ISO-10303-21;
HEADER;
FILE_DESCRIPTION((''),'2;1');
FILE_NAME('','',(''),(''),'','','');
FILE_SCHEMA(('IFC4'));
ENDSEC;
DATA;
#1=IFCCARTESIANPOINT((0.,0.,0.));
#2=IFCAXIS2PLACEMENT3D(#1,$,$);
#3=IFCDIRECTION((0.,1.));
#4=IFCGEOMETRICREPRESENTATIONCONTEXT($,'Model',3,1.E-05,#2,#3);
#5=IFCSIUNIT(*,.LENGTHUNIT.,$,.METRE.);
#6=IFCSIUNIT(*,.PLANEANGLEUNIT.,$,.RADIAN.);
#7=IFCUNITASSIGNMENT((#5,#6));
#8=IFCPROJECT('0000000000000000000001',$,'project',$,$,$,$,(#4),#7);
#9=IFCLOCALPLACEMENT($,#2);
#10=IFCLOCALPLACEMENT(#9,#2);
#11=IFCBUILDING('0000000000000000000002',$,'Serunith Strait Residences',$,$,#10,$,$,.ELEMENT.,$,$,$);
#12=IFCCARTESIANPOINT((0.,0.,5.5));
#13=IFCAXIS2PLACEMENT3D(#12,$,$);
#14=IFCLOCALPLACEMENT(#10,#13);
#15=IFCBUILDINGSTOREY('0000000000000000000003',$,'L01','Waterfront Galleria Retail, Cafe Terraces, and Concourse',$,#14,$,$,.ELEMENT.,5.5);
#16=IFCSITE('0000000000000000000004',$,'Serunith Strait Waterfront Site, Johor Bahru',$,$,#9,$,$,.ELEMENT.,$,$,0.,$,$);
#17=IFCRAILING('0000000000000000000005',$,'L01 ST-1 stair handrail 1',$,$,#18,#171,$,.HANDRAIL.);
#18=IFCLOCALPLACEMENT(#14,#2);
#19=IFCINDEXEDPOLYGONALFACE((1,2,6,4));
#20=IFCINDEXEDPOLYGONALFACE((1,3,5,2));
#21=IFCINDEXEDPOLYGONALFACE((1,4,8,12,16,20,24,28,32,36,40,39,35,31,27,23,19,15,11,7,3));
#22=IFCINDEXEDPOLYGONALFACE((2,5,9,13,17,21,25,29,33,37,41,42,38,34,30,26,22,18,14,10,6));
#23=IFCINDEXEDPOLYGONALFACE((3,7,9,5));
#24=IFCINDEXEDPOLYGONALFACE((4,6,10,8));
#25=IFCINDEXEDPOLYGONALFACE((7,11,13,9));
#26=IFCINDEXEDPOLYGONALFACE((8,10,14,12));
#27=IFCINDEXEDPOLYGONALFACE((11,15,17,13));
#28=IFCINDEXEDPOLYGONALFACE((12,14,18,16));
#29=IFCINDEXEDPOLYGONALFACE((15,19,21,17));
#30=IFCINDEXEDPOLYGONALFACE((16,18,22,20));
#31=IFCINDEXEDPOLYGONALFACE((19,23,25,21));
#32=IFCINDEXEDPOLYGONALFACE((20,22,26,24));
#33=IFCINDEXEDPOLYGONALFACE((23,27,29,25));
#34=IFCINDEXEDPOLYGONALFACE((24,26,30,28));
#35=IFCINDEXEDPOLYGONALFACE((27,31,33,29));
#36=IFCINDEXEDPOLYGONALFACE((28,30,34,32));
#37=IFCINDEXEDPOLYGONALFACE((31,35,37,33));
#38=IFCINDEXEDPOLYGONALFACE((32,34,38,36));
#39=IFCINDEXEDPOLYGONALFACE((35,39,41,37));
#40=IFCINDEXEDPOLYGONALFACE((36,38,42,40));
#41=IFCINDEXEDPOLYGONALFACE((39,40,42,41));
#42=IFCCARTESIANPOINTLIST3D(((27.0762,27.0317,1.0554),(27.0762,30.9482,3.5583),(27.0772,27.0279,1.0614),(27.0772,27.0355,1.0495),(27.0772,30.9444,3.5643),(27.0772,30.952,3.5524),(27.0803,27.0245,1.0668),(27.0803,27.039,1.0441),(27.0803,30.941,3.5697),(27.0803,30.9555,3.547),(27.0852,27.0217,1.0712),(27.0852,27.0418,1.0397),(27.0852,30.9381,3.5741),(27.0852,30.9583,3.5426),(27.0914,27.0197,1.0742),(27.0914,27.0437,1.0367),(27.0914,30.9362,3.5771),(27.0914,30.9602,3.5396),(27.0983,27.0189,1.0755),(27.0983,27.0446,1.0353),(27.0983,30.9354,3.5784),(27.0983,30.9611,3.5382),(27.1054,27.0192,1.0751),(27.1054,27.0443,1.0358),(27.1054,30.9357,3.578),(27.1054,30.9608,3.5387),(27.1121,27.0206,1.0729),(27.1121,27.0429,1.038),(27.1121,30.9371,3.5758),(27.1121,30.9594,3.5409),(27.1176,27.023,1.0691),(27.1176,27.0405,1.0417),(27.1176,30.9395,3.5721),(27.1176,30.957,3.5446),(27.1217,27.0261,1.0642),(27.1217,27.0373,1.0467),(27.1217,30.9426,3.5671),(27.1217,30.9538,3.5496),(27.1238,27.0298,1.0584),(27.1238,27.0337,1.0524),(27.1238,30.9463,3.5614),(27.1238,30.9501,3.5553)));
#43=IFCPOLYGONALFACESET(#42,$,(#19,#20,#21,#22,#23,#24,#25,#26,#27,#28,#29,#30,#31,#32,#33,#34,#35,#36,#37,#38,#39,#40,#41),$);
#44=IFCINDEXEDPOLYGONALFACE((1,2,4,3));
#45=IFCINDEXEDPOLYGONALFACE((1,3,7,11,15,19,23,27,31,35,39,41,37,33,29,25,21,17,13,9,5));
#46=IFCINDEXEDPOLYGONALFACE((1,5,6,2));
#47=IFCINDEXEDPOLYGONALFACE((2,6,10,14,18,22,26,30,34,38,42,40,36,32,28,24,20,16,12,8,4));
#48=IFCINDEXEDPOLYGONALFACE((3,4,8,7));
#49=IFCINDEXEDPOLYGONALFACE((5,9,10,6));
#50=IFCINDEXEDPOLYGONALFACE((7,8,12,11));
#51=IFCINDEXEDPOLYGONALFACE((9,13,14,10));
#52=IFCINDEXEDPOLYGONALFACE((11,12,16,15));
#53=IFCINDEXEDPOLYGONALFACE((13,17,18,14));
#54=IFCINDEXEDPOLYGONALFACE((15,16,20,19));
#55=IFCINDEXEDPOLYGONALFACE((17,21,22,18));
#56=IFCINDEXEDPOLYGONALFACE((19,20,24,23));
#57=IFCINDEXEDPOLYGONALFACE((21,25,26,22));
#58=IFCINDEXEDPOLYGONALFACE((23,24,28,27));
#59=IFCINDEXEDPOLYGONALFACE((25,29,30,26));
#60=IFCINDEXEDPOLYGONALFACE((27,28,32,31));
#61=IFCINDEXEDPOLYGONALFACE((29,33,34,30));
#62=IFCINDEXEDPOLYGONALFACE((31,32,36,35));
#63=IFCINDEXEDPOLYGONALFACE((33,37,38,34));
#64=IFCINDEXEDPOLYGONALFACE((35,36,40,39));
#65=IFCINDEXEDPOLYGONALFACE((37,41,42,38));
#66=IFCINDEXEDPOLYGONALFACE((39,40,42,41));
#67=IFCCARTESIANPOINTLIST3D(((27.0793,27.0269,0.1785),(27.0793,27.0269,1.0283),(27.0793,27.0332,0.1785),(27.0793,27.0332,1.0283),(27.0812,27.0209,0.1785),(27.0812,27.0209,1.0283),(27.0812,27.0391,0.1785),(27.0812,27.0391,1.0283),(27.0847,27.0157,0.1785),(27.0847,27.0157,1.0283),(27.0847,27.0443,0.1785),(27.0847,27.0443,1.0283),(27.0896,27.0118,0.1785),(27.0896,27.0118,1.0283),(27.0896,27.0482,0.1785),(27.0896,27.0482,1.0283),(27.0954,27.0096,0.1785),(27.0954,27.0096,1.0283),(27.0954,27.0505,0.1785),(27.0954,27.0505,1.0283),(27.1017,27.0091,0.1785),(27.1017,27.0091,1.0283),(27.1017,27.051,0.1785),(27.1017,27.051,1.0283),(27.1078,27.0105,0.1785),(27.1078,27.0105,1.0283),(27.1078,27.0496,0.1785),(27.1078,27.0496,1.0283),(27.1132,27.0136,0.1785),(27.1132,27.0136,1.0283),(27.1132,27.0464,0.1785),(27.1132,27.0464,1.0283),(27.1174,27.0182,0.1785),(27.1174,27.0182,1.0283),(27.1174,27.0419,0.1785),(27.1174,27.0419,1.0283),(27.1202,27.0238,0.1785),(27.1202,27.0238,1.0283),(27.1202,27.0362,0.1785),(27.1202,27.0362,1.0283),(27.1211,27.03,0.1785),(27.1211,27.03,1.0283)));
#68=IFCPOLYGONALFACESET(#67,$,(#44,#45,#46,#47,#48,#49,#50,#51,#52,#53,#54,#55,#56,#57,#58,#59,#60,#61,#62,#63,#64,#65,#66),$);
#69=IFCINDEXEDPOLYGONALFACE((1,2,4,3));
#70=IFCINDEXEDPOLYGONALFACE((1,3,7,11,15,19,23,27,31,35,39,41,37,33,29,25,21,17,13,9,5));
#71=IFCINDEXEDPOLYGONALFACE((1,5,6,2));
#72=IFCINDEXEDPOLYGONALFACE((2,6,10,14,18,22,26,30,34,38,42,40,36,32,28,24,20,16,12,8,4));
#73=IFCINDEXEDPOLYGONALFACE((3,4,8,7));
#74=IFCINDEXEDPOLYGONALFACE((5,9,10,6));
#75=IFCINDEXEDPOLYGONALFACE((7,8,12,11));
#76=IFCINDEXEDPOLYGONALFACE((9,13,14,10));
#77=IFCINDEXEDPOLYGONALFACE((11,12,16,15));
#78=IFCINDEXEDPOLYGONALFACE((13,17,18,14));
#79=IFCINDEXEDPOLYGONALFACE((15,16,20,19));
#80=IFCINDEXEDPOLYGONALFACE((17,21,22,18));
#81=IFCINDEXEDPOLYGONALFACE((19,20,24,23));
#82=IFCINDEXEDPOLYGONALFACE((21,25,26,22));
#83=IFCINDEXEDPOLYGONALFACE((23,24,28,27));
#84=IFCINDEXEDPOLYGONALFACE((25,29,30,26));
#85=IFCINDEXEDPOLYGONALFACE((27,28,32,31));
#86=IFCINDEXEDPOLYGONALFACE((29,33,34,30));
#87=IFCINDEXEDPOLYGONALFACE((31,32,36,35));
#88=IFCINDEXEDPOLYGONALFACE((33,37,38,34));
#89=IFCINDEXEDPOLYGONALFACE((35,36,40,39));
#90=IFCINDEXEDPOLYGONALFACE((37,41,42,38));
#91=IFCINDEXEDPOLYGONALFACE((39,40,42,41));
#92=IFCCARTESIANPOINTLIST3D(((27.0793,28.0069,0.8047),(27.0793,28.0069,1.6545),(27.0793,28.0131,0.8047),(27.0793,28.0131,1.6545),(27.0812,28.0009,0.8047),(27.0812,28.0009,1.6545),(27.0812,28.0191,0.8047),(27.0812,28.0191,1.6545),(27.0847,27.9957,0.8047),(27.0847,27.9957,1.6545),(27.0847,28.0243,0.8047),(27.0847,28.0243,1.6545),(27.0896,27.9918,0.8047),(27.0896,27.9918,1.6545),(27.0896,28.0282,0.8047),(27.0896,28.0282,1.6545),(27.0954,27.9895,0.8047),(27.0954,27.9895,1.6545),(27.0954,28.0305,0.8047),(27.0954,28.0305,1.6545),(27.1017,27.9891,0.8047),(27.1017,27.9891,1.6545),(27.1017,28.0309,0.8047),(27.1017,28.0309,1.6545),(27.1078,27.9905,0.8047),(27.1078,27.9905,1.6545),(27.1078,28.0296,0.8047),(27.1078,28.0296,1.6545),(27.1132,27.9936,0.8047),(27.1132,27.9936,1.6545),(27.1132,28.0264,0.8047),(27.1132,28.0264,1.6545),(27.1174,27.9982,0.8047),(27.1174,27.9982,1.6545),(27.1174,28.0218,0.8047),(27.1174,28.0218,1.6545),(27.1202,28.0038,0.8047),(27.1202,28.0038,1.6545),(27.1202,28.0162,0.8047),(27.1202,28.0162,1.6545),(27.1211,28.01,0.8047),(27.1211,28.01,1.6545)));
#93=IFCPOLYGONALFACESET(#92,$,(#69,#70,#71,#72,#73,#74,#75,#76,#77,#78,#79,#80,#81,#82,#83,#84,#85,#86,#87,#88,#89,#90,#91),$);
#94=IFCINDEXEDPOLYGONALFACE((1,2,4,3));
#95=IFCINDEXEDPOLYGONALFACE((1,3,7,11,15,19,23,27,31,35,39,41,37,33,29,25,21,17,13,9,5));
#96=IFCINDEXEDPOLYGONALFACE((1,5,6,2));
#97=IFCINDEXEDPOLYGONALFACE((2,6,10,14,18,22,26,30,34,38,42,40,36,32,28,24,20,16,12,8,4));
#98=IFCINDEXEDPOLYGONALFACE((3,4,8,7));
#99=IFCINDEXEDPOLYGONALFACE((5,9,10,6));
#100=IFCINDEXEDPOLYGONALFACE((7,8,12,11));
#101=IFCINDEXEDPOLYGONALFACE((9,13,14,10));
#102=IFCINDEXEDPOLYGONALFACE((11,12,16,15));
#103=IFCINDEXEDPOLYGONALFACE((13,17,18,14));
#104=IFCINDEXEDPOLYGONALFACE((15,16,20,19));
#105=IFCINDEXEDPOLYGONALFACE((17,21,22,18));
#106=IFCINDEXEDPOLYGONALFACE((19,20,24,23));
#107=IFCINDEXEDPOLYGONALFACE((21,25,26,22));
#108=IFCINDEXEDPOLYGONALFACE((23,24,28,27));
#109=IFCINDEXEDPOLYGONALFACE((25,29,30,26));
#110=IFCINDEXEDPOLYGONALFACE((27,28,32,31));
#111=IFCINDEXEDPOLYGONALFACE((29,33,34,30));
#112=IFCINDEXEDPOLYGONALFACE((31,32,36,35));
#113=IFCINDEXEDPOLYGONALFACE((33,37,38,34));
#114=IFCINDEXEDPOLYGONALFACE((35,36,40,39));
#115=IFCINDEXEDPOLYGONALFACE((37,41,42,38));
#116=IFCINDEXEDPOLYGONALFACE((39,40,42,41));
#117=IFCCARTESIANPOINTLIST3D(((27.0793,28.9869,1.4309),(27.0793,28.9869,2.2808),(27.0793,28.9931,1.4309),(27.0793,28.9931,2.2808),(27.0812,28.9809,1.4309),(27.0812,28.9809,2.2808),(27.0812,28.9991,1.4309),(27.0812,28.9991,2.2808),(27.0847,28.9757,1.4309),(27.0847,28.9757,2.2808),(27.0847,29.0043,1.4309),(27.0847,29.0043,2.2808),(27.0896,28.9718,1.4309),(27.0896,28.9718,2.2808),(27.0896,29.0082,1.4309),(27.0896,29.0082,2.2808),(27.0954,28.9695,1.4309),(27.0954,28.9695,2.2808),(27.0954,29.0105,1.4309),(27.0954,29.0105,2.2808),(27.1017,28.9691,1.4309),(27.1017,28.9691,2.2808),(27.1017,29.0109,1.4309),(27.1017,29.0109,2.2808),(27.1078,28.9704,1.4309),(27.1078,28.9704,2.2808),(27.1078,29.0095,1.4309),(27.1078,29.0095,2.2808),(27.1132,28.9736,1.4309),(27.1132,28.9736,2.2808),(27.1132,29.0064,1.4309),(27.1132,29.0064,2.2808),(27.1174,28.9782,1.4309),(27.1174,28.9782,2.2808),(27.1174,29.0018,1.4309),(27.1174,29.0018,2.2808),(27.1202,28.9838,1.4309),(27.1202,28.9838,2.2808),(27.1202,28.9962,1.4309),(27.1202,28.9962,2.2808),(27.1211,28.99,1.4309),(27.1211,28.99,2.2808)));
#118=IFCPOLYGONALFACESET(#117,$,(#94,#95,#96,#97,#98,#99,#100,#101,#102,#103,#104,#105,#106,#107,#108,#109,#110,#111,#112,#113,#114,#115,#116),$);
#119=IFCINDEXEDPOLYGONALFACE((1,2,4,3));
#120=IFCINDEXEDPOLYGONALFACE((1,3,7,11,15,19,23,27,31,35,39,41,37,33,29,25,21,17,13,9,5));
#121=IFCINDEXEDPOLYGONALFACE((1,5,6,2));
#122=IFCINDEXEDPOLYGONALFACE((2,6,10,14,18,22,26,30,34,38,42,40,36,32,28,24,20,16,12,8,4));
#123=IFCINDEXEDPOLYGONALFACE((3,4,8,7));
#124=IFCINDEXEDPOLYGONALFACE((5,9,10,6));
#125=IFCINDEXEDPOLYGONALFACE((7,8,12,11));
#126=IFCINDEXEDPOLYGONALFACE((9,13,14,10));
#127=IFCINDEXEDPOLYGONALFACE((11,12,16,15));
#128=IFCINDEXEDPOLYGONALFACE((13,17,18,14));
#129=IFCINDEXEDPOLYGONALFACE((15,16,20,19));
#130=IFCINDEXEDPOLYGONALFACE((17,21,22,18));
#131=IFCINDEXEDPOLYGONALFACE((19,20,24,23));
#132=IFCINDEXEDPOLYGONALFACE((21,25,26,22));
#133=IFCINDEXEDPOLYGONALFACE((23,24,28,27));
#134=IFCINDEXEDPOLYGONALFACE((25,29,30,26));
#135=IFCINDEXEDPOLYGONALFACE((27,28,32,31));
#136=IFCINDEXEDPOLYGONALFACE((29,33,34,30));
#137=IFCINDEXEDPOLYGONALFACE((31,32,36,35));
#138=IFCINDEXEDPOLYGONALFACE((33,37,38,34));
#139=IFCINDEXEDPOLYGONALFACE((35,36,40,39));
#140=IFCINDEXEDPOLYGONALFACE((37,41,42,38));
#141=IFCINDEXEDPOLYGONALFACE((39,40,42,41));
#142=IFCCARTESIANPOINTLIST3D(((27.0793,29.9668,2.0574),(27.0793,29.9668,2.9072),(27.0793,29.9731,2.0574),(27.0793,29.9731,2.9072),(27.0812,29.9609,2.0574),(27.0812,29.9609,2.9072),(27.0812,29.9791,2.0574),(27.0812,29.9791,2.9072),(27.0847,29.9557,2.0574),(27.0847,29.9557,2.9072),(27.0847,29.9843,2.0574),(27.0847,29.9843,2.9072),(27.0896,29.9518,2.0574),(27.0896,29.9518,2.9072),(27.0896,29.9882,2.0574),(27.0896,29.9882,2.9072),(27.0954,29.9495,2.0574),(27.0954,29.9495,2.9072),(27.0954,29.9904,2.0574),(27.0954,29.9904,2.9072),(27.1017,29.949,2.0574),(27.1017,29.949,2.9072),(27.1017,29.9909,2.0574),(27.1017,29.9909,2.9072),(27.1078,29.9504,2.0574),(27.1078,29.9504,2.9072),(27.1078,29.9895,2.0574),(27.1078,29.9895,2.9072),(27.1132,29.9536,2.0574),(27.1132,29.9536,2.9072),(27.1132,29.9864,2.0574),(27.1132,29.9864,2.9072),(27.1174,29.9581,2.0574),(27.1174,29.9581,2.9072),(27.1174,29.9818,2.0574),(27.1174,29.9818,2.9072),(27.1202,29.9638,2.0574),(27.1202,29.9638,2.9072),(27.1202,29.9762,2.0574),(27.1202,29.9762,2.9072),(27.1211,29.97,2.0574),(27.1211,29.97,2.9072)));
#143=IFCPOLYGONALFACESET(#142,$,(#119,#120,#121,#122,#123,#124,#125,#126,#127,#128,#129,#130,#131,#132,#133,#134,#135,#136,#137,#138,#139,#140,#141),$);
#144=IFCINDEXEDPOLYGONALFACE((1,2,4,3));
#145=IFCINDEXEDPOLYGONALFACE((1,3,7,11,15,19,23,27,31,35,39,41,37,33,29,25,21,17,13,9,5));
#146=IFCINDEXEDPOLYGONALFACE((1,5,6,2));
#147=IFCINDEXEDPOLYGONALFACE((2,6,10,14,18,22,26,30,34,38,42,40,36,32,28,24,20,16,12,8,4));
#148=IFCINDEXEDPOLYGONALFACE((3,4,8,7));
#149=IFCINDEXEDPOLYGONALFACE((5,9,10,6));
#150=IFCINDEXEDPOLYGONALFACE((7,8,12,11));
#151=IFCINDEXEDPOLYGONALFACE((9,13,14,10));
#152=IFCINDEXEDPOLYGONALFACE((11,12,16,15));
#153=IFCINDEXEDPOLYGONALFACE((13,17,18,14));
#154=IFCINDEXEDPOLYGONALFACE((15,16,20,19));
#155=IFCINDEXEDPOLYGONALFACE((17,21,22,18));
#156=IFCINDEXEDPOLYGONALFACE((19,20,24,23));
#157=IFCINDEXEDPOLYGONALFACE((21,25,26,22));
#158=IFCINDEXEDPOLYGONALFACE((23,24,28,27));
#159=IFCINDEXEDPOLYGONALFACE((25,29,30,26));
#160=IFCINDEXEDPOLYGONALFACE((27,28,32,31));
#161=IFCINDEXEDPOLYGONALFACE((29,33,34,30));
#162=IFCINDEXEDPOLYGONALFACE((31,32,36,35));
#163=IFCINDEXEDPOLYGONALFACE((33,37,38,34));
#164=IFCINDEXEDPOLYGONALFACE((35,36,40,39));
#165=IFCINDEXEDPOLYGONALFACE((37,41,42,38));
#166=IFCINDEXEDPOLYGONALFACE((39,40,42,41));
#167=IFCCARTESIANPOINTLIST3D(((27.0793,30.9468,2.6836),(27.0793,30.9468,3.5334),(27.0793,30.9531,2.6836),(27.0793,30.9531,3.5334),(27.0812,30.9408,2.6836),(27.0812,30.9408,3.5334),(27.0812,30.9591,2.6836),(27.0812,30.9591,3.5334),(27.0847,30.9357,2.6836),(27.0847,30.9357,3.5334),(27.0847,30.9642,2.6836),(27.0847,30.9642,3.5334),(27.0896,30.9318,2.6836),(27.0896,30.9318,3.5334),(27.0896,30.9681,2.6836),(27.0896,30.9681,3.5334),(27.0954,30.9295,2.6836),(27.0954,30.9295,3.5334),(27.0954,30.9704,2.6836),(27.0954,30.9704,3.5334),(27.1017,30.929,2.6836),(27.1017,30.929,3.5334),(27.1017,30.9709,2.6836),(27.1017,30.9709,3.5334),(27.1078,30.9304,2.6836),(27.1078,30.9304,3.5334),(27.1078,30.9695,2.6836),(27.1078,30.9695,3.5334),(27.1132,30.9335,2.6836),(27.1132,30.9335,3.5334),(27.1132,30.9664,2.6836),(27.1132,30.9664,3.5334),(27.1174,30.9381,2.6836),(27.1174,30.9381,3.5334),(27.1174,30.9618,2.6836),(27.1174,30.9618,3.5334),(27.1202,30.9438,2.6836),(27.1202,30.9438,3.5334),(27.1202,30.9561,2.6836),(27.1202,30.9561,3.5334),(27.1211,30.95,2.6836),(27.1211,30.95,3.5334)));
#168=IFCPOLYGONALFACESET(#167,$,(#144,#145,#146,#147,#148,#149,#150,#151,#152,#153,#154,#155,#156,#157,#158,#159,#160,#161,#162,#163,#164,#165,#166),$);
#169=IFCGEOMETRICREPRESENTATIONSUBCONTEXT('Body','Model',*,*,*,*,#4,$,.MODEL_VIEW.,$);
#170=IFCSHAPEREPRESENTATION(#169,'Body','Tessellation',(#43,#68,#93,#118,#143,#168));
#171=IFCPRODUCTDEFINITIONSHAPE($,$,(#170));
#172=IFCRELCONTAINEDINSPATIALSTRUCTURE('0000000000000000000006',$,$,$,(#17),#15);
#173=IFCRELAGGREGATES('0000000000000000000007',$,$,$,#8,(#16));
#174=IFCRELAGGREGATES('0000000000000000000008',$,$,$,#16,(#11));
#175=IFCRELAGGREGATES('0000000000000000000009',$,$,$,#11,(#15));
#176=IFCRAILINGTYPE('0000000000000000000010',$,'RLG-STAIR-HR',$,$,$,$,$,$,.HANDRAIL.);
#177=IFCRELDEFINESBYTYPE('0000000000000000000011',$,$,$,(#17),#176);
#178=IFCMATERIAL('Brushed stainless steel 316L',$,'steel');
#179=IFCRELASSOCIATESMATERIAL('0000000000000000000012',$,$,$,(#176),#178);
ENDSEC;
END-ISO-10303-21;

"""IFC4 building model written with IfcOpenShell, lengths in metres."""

from ifc_helpers import new_model, si_unit, direction, frame, origin, origin_2d, place, context, subcontext, project, spatial, circle, extrude, material, type_object, element, save


model = new_model("IFC4")

# Units and contexts
model_context = context("Model", 3, precision=1e-05, world=origin(), true_north=direction((0.0, 1.0)))
body_context = subcontext(model_context, "Body", "Model", "MODEL_VIEW")
ifc_project = project(units=[si_unit("LENGTHUNIT", "METRE"), si_unit("PLANEANGLEUNIT", "RADIAN")], contexts=[model_context])

# Site, building, storey
site_placement = place(None, origin())
site = spatial("IfcSite", under=ifc_project, at=site_placement, Name="Serunith Strait Waterfront Site, Johor Bahru", CompositionType="ELEMENT", RefElevation=0.0)
building_placement = place(site_placement, origin())
building = spatial("IfcBuilding", under=site, at=building_placement, Name="Serunith Strait Residences", CompositionType="ELEMENT")
storey_placement = place(building_placement, frame((0.0, 0.0, 5.5)))
storey = spatial("IfcBuildingStorey", under=building, at=storey_placement, Name="L01", Description="Waterfront Galleria Retail, Cafe Terraces, and Concourse", CompositionType="ELEMENT", Elevation=5.5)

# Railing
ifc_material_1 = material(Name="Brushed stainless steel 316L", Category="steel")
railing_type_1 = type_object("IfcRailingType", Name="RLG-STAIR-HR", PredefinedType="HANDRAIL", material=ifc_material_1)
railing_1_placement = place(storey_placement, frame((27.1001, 27.03, 0.1785)))
element("IfcRailing", 1, at=railing_1_placement, inside=storey, type_object=railing_type_1, Name="L01 ST-1 stair handrail 1", PredefinedType="HANDRAIL", context=body_context, shape_type="SweptSolid", body=[
    extrude(circle(Radius=0.0239, at=origin_2d()), frame((0.0, 0.0017, 0.877), z_axis=(0.0, 0.842625, 0.538501), x_axis=(-1.0, 0.0, 0.0)), (0.0, 0.0, 1.0), 4.6479),
    extrude(circle(Radius=0.021, at=origin_2d()), origin(), (0.0, 0.0, 1.0), 0.8499),
    extrude(circle(Radius=0.021, at=origin_2d()), frame((0.0, 0.98, 0.6262)), (0.0, 0.0, 1.0), 0.8499),
    extrude(circle(Radius=0.021, at=origin_2d()), frame((0.0, 1.96, 1.2524)), (0.0, 0.0, 1.0), 0.8499),
    extrude(circle(Radius=0.021, at=origin_2d()), frame((0.0, 2.9399, 1.8789)), (0.0, 0.0, 1.0), 0.8499),
    extrude(circle(Radius=0.021, at=origin_2d()), frame((0.0, 3.9199, 2.5051)), (0.0, 0.0, 1.0), 0.8499),
])

save(model, "model.ifc")
